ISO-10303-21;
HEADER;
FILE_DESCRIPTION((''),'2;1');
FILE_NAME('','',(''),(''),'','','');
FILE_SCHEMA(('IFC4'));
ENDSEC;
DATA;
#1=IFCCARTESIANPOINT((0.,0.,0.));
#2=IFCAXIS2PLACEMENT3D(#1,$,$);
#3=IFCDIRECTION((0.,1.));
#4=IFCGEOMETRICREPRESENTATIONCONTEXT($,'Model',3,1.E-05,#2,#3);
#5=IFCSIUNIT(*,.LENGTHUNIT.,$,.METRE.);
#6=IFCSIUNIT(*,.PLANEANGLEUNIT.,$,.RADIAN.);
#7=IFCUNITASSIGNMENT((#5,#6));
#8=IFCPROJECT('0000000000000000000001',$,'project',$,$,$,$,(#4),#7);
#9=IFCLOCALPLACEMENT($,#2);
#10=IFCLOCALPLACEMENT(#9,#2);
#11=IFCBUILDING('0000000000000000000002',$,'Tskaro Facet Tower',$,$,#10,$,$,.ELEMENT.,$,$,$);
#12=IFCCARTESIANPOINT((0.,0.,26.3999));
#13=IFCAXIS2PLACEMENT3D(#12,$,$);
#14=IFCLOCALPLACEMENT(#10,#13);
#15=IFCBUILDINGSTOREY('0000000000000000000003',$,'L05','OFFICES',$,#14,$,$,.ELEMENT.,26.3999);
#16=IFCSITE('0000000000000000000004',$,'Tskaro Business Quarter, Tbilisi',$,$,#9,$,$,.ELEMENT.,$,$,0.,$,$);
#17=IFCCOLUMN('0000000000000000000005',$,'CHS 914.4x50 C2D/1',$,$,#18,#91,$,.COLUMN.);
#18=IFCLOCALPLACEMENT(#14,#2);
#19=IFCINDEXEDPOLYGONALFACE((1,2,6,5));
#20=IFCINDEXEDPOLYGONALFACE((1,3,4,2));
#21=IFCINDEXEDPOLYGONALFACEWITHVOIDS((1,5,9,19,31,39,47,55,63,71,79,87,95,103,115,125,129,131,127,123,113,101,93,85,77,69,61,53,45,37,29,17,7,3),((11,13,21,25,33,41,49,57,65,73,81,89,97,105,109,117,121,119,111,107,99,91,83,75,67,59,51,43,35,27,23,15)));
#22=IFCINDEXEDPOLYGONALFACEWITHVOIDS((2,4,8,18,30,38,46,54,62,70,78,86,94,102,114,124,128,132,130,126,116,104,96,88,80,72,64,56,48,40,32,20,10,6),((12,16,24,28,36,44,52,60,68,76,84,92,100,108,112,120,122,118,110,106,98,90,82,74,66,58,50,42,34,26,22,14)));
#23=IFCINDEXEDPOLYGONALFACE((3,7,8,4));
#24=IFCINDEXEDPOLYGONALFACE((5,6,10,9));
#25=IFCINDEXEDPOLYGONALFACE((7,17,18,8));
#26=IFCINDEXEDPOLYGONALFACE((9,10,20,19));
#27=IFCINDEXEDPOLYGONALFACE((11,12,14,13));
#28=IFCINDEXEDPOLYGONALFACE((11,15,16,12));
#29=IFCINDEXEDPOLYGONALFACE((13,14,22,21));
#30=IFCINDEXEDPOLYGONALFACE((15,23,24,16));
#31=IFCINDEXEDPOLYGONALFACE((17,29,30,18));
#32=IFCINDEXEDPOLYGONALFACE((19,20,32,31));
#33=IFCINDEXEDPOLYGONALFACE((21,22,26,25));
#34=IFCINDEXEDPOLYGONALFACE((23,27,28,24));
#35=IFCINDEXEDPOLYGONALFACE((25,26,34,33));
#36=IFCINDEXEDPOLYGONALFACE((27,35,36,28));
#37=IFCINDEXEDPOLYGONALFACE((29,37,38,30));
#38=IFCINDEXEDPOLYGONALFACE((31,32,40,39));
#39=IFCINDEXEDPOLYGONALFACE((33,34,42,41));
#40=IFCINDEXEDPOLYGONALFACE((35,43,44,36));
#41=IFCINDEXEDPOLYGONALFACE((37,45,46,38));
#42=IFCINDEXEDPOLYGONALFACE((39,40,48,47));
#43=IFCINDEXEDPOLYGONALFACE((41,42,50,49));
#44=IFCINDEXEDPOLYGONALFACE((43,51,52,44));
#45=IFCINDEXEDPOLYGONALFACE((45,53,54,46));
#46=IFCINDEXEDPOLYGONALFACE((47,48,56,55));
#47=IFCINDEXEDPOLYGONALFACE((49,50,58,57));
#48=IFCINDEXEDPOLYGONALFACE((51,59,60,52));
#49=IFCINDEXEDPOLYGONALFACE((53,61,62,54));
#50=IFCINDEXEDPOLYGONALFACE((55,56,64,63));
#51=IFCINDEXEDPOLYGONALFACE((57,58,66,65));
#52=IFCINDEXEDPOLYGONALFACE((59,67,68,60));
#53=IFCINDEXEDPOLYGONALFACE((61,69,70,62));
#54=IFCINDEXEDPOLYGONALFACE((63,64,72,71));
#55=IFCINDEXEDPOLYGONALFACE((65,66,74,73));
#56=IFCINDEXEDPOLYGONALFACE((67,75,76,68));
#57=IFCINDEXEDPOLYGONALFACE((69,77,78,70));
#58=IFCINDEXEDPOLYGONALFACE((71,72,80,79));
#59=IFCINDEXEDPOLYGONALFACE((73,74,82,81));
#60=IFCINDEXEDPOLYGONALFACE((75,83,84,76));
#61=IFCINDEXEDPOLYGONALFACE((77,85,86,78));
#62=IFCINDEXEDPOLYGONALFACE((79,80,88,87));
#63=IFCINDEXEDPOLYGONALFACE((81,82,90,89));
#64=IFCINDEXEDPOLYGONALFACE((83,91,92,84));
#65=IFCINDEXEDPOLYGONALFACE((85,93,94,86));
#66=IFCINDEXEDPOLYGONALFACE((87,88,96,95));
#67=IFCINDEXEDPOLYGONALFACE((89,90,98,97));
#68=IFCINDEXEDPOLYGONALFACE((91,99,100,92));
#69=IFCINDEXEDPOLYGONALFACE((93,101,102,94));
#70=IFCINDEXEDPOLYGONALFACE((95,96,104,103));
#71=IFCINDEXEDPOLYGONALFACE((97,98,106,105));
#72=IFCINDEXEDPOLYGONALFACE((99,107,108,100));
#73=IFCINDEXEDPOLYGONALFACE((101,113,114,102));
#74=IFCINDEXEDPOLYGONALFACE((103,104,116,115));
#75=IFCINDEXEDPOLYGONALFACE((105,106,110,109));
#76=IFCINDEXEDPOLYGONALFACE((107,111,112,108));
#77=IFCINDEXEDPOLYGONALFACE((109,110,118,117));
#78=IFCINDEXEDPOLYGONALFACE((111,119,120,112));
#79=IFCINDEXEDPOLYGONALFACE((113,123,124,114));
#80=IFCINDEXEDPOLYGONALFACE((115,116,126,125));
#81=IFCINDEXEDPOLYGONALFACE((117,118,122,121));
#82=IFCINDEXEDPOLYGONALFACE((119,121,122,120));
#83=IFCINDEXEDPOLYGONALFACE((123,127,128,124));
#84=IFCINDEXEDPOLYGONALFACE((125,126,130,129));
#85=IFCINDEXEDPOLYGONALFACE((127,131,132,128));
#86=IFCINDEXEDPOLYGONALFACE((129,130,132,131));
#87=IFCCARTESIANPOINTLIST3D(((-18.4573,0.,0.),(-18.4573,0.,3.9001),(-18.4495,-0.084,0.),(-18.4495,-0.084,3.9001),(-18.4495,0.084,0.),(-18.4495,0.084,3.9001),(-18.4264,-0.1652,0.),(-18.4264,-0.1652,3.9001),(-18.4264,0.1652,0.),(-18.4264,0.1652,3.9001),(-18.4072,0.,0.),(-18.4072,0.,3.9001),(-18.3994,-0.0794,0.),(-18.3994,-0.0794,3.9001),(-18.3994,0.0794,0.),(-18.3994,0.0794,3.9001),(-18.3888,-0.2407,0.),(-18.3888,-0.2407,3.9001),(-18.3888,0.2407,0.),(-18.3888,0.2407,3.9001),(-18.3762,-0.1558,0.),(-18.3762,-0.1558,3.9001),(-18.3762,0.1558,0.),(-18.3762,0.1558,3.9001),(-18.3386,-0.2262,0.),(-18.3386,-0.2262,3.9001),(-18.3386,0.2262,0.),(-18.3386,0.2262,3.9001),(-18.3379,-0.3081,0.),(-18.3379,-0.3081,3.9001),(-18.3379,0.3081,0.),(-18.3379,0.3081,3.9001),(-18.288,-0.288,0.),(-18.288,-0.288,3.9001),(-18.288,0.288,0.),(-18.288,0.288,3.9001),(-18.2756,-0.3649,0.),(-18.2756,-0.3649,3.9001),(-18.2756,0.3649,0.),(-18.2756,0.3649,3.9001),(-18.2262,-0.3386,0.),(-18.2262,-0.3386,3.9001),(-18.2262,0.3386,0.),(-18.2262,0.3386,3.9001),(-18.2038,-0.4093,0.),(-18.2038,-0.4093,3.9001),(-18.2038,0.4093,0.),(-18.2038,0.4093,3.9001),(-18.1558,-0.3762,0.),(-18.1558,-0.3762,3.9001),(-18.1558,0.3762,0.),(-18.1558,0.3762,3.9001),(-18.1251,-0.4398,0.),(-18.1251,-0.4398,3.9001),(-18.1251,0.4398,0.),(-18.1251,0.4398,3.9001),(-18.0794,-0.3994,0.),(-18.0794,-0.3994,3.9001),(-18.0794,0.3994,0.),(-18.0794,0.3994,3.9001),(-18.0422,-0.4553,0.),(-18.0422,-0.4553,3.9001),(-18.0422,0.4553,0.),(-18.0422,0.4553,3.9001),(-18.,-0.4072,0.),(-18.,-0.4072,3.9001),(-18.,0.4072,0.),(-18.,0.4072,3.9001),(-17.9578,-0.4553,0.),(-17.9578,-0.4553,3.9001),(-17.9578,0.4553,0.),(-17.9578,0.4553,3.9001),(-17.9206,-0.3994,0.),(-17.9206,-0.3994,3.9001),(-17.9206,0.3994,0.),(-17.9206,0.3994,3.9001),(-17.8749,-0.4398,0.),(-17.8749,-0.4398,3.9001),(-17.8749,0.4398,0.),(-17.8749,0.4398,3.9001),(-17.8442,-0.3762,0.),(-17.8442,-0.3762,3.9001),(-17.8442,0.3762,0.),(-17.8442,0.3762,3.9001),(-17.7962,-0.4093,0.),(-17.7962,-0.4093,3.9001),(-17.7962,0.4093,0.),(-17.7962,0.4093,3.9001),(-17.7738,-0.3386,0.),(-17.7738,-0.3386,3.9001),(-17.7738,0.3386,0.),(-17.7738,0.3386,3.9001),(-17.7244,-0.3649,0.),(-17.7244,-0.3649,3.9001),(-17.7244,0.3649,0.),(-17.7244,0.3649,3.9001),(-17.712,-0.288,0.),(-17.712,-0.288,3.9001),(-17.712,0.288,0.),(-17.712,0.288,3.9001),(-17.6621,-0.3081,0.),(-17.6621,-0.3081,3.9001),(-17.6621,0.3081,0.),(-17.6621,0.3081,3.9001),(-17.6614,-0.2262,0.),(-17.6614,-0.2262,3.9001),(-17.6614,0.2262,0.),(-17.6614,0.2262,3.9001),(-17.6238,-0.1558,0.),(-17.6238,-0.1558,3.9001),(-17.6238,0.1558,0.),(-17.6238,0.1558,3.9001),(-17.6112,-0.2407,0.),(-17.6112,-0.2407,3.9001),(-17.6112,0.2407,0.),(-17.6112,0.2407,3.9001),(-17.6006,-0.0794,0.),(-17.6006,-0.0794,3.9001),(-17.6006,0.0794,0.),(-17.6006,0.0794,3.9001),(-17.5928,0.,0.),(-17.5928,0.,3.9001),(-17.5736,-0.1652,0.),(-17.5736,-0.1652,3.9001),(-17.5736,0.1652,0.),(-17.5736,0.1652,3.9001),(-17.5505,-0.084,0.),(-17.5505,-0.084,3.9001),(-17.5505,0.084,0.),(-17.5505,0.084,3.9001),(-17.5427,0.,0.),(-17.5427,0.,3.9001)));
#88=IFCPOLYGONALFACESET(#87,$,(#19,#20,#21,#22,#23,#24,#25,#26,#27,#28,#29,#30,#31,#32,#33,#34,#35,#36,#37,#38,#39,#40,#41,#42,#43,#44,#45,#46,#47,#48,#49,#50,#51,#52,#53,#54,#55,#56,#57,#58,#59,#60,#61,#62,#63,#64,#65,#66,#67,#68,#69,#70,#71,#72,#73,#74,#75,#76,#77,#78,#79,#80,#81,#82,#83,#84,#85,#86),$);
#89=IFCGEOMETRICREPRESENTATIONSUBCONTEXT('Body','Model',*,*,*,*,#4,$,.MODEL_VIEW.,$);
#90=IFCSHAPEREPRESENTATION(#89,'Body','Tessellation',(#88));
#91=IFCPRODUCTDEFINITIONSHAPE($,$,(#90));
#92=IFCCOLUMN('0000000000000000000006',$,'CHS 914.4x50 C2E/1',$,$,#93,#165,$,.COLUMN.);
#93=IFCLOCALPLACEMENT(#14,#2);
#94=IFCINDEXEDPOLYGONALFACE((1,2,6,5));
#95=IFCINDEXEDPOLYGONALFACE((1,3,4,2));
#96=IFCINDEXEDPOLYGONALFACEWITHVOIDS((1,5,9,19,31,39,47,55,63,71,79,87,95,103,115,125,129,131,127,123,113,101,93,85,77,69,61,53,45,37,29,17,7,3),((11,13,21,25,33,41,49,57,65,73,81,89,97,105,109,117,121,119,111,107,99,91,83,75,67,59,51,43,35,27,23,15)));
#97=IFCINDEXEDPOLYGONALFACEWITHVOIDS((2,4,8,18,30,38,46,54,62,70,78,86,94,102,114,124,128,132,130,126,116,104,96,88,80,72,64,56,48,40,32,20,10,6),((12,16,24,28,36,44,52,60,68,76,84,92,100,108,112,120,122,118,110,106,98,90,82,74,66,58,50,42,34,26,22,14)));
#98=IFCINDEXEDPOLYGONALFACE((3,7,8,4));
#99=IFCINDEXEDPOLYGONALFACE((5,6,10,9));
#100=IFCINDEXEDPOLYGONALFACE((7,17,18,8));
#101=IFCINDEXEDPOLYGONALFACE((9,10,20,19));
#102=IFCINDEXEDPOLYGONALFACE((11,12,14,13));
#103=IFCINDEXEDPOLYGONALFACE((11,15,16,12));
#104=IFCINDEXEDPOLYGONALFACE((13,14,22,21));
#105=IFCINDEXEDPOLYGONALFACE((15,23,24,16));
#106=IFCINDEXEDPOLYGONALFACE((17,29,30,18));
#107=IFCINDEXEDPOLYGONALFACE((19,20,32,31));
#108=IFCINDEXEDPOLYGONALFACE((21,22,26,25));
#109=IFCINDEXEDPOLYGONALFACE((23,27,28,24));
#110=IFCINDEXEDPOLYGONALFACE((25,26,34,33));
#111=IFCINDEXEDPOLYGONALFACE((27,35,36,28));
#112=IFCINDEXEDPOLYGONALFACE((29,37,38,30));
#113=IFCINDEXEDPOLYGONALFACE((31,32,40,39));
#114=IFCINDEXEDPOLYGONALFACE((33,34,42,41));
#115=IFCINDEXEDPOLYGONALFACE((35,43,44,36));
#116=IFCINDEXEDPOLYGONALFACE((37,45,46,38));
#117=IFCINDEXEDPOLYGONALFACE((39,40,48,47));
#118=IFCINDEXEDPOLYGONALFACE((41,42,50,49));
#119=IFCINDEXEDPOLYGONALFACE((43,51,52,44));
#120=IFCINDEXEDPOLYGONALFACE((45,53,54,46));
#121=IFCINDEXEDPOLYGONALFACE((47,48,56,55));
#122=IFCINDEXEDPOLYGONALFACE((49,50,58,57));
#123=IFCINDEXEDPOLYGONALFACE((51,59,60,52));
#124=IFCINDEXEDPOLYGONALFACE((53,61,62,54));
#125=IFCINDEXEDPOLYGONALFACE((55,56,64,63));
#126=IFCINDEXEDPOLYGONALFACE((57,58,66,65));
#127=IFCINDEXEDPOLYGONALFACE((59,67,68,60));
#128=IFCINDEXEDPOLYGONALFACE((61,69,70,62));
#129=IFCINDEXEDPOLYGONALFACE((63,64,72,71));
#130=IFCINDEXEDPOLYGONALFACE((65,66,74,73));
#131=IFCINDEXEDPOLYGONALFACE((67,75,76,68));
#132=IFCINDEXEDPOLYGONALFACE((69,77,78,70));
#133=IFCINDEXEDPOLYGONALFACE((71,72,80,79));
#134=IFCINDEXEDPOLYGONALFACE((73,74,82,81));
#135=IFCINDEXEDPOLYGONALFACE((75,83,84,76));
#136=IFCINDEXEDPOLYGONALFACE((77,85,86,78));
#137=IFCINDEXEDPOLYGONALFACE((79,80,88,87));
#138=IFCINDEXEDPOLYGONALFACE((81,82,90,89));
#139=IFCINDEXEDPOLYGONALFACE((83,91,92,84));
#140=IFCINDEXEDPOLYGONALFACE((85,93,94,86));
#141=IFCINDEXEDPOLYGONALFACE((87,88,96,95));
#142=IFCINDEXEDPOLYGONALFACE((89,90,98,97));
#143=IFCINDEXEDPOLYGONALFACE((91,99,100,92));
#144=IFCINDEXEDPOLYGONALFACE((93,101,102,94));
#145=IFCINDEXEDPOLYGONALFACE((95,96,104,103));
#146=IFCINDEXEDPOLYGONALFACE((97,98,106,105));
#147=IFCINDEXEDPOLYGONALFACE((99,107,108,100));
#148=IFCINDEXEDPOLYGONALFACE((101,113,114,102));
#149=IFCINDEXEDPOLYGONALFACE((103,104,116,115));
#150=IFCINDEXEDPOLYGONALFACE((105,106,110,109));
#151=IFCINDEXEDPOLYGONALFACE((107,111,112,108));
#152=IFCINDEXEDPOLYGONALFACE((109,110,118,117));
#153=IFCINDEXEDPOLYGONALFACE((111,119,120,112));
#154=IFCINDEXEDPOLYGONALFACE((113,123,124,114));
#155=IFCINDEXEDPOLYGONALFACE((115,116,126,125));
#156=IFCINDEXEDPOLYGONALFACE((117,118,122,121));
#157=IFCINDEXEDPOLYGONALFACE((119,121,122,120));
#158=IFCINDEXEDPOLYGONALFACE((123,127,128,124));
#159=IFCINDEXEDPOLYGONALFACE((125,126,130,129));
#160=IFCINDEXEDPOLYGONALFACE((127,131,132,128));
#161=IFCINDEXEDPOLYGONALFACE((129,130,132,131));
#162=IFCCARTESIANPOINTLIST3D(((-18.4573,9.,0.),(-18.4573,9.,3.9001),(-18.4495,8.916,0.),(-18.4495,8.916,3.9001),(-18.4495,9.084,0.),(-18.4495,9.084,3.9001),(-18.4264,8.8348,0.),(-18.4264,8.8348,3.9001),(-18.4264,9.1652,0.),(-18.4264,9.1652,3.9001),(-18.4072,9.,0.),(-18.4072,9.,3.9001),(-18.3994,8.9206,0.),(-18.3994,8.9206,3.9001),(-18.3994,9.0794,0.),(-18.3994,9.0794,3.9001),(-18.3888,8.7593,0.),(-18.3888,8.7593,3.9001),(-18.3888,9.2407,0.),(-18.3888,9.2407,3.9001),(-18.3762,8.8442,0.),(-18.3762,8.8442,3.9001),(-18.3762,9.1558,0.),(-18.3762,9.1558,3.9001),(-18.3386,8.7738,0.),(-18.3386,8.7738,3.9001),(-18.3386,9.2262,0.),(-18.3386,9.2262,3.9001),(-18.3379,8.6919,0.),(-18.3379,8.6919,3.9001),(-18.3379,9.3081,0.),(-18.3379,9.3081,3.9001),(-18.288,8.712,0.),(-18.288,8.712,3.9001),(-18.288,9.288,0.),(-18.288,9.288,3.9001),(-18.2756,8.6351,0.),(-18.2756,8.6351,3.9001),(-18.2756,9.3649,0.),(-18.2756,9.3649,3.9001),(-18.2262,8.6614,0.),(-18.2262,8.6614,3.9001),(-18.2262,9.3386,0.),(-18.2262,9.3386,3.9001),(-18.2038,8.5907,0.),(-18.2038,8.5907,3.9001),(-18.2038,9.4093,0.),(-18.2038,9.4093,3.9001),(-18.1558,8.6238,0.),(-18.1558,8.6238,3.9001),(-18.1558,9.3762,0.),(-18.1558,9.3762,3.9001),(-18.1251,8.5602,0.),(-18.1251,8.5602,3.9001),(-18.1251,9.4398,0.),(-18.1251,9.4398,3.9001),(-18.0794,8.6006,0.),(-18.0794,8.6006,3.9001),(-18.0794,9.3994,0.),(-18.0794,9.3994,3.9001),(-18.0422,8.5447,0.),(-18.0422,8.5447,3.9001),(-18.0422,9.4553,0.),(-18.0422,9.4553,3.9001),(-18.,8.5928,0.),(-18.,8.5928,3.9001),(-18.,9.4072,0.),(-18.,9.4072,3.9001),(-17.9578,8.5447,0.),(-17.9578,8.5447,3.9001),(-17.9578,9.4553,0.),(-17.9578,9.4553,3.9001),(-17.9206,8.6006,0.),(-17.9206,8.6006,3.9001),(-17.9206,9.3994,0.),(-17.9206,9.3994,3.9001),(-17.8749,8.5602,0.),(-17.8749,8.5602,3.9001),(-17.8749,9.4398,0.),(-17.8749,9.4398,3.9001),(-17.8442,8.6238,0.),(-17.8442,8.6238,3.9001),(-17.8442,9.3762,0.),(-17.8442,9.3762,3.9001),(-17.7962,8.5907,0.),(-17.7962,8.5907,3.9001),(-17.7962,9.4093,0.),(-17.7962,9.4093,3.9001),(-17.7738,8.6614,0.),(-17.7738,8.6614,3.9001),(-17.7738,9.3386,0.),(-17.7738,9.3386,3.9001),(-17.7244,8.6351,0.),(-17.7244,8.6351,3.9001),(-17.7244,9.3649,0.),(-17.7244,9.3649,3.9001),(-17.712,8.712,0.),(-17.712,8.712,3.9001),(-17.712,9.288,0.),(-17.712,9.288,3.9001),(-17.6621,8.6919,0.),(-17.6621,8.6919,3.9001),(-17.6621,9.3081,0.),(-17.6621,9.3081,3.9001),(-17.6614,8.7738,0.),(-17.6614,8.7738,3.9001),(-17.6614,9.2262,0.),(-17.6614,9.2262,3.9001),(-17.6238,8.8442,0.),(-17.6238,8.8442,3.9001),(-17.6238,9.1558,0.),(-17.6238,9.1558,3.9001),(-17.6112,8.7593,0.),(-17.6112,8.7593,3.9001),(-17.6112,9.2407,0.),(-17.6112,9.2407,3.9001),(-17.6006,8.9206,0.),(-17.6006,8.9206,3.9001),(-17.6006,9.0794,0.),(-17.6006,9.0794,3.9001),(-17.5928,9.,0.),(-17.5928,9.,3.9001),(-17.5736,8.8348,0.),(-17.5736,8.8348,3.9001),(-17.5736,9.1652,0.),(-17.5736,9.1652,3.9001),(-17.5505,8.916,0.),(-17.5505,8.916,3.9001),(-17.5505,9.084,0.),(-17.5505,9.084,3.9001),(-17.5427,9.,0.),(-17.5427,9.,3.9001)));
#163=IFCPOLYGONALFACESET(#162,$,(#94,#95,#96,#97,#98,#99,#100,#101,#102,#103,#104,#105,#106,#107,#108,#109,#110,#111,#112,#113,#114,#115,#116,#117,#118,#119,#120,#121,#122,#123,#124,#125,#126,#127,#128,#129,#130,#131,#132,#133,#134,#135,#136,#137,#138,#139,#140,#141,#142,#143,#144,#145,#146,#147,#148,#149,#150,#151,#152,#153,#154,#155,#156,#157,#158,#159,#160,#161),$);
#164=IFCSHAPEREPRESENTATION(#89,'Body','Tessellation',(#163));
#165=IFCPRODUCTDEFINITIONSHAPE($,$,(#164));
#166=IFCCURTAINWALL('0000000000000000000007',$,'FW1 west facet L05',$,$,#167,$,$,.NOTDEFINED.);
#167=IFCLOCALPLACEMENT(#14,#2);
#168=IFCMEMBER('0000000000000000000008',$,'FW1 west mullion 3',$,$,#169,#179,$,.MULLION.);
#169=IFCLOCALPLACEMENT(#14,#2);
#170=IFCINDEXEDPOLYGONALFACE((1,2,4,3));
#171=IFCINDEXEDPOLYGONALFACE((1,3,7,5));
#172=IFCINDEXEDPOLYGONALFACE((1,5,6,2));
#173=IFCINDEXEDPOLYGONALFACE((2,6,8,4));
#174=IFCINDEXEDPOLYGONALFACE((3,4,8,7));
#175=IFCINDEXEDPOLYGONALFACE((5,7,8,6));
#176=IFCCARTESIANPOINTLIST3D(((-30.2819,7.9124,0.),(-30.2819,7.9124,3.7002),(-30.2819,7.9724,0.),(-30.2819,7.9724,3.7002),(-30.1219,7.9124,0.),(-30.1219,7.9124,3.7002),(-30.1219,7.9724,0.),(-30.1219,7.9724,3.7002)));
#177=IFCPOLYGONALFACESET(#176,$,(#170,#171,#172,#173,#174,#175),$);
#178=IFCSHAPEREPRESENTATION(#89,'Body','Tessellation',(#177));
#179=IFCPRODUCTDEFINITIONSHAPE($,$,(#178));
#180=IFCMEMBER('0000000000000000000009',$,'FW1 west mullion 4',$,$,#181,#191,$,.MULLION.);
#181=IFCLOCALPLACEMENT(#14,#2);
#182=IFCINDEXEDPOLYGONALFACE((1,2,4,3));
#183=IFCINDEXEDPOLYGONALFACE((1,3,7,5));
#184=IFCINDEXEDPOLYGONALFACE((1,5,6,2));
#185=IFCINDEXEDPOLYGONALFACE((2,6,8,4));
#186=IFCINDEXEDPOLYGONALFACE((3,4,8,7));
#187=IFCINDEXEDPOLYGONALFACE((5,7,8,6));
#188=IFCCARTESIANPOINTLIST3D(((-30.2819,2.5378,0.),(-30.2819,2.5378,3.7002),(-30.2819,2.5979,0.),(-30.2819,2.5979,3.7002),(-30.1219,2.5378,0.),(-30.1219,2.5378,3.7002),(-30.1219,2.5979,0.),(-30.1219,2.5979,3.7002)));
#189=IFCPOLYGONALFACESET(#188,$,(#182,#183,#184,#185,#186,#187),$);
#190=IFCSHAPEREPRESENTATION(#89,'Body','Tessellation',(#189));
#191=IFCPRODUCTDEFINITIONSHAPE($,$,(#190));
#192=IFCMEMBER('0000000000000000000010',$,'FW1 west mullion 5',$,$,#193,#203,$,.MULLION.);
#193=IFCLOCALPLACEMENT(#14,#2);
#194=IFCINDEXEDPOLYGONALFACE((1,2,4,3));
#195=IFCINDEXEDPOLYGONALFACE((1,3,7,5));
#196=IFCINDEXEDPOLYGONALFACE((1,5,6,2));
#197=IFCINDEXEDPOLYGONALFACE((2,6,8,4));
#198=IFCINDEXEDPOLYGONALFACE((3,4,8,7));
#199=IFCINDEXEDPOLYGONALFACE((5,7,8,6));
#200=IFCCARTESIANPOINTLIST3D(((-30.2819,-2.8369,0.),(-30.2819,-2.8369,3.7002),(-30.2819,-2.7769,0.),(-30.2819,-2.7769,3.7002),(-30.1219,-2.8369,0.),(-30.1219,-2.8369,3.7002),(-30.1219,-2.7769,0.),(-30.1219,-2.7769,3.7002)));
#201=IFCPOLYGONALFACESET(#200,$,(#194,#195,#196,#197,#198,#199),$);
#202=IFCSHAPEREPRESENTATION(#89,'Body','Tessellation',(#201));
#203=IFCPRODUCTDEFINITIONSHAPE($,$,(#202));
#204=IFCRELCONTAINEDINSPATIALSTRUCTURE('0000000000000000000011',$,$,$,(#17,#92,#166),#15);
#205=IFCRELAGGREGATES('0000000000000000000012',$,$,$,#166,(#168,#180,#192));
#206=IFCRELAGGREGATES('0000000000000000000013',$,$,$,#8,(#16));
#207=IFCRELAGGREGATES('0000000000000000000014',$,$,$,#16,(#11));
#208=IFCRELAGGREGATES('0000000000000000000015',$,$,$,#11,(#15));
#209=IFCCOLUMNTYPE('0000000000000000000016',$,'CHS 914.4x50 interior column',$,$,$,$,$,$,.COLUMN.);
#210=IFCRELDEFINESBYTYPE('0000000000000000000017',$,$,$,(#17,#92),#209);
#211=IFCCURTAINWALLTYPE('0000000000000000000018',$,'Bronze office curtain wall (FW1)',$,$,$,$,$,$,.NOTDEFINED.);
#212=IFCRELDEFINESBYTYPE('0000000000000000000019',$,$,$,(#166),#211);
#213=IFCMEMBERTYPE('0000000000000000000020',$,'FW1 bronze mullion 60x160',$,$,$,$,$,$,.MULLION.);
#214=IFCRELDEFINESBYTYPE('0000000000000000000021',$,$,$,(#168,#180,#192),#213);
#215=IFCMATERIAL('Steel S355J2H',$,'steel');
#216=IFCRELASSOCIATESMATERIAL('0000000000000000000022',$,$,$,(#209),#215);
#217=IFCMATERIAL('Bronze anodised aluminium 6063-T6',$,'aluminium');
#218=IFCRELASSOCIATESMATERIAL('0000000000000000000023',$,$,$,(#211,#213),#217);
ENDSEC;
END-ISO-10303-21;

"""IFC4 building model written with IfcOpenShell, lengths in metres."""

from ifc_helpers import new_model, si_unit, direction, frame, origin, origin_2d, place, context, subcontext, project, spatial, rectangle, hollow_circle, extrude, material, material_profile, profile_set, type_object, element, aggregate, save


model = new_model("IFC4")

# Units and contexts
model_context = context("Model", 3, precision=1e-05, world=origin(), true_north=direction((0.0, 1.0)))
body_context = subcontext(model_context, "Body", "Model", "MODEL_VIEW")
ifc_project = project(units=[si_unit("LENGTHUNIT", "METRE"), si_unit("PLANEANGLEUNIT", "RADIAN")], contexts=[model_context])

# Site, building, storey
site_placement = place(None, origin())
site = spatial("IfcSite", under=ifc_project, at=site_placement, Name="Tskaro Business Quarter, Tbilisi", CompositionType="ELEMENT", RefElevation=0.0)
building_placement = place(site_placement, origin())
building = spatial("IfcBuilding", under=site, at=building_placement, Name="Tskaro Facet Tower", CompositionType="ELEMENT")
storey_placement = place(building_placement, frame((0.0, 0.0, 26.3999)))
storey = spatial("IfcBuildingStorey", under=building, at=storey_placement, Name="L05", Description="OFFICES", CompositionType="ELEMENT", Elevation=26.3999)

# Columns
ifc_material_1 = material(Name="Steel S355J2H", Category="steel")
ifc_material_profile_1 = material_profile(ifc_material_1, hollow_circle(Radius=0.4573, WallThickness=0.05, at=origin_2d()), Name="CHS 914.4x50")
ifc_profile_set_1 = profile_set([ifc_material_profile_1], Name="Steel S355J2H")
column_type_1 = type_object("IfcColumnType", Name="CHS 914.4x50 interior column", PredefinedType="COLUMN", material=ifc_profile_set_1)
for number, where, z_axis, x_axis, name in (
    (1, (-18.0, 0.0, 0.0), (0.0, 0.0, 1.0), (1.0, 0.0, 0.0), "CHS 914.4x50 C2D/1"),
    (2, (-18.0, 9.0, 0.0), (0.0, 0.0, 1.0), (1.0, 0.0, 0.0), "CHS 914.4x50 C2E/1"),
):
    element("IfcColumn", number, at=place(storey_placement, frame(where, z_axis=z_axis, x_axis=x_axis)), inside=storey, type_object=column_type_1, Name=name, PredefinedType="COLUMN", context=body_context, shape_type="SweptSolid", body=[
        extrude(hollow_circle(Radius=0.4573, WallThickness=0.05, at=origin_2d()), origin(), (0.0, 0.0, 1.0), 3.9001),
    ])

# Curtain wall, members
ifc_material_2 = material(Name="Bronze anodised aluminium 6063-T6", Category="aluminium")
curtain_wall_type = type_object("IfcCurtainWallType", Name="Bronze office curtain wall (FW1)", PredefinedType="NOTDEFINED", material=ifc_material_2)
curtain_wall_placement = place(storey_placement, origin())
curtain_wall = element("IfcCurtainWall", 3, at=curtain_wall_placement, inside=storey, type_object=curtain_wall_type, Name="FW1 west facet L05", PredefinedType="NOTDEFINED")
ifc_material_profile_2 = material_profile(ifc_material_2, rectangle(XDim=0.0601, YDim=0.1599, at=origin_2d()), Name="Mullion 60x160")
ifc_profile_set_2 = profile_set([ifc_material_profile_2], Name="Bronze anodised aluminium 6063-T6")
member_type_1 = type_object("IfcMemberType", Name="FW1 bronze mullion 60x160", PredefinedType="MULLION", material=ifc_profile_set_2)
member_1_placement = place(storey_placement, frame((-30.2019, 7.9424, 0.0), z_axis=(0.0, 0.0, 1.0), x_axis=(0.0, -1.0, 0.0)))
member_1 = element("IfcMember", 4, at=member_1_placement, type_object=member_type_1, Name="FW1 west mullion 3", PredefinedType="MULLION", context=body_context, shape_type="SweptSolid", body=[
    extrude(rectangle(XDim=0.0601, YDim=0.1599, at=origin_2d()), origin(), (0.0, 0.0, 1.0), 3.7002),
])
member_2_placement = place(storey_placement, frame((-30.2019, 2.5679, 0.0), z_axis=(0.0, 0.0, 1.0), x_axis=(0.0, -1.0, 0.0)))
member_2 = element("IfcMember", 5, at=member_2_placement, type_object=member_type_1, Name="FW1 west mullion 4", PredefinedType="MULLION", context=body_context, shape_type="SweptSolid", body=[
    extrude(rectangle(XDim=0.0601, YDim=0.1599, at=origin_2d()), origin(), (0.0, 0.0, 1.0), 3.7002),
])
member_3_placement = place(storey_placement, frame((-30.2019, -2.8069, 0.0), z_axis=(0.0, 0.0, 1.0), x_axis=(0.0, -1.0, 0.0)))
member_3 = element("IfcMember", 6, at=member_3_placement, type_object=member_type_1, Name="FW1 west mullion 5", PredefinedType="MULLION", context=body_context, shape_type="SweptSolid", body=[
    extrude(rectangle(XDim=0.0601, YDim=0.1599, at=origin_2d()), origin(), (0.0, 0.0, 1.0), 3.7002),
])

aggregate(curtain_wall, [member_1, member_2, member_3])

save(model, "model.ifc")
